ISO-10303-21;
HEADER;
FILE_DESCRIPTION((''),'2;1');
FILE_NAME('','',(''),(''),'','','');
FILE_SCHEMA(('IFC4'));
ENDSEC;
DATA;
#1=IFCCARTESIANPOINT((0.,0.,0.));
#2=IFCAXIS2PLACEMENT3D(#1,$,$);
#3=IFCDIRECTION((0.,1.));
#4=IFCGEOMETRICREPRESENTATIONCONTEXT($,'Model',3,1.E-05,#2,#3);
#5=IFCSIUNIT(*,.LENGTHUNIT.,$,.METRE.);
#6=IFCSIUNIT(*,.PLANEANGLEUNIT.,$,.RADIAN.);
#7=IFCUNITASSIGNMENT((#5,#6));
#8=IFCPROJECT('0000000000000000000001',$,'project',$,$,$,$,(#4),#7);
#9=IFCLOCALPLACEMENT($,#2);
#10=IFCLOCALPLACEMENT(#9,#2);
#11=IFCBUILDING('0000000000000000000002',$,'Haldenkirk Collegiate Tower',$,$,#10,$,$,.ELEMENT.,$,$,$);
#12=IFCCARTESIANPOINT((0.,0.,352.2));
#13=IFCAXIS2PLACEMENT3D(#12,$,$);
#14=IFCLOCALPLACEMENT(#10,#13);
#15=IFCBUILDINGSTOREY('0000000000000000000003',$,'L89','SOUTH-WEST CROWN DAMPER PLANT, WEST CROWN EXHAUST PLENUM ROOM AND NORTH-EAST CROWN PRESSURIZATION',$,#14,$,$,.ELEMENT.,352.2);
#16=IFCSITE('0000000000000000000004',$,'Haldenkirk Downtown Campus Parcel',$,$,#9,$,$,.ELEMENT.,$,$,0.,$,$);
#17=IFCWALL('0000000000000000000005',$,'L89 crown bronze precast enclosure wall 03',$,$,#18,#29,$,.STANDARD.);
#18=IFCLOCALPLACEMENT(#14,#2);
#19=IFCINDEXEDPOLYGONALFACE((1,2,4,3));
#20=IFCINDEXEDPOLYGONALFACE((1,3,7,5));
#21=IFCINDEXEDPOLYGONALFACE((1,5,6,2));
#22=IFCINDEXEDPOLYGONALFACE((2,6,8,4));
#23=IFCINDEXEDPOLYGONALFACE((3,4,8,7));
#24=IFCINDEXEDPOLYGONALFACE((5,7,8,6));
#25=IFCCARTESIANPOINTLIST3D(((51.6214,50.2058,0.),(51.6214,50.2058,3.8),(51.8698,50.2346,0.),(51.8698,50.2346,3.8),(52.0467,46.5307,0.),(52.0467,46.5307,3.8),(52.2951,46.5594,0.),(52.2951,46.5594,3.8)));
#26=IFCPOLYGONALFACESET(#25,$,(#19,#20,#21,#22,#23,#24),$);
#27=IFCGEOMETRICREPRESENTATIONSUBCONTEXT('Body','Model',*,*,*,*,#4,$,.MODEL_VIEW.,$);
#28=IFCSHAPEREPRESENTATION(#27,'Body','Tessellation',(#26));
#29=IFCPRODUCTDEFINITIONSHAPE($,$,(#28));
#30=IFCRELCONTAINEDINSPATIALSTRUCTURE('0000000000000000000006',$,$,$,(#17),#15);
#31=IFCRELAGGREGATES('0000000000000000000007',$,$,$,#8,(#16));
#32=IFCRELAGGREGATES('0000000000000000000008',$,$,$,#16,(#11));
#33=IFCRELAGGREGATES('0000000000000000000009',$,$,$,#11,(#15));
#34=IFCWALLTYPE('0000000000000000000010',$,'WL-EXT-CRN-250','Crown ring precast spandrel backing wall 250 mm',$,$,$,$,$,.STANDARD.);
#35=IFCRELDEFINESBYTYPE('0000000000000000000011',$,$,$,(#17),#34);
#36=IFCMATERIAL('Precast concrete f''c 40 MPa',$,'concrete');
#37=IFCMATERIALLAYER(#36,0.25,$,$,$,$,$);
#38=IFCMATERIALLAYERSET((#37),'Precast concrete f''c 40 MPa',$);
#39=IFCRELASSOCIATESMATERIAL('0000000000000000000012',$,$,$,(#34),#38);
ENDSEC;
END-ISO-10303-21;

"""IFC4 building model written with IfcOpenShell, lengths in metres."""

from ifc_helpers import new_model, si_unit, direction, frame, frame_2d, origin, place, context, subcontext, project, spatial, rectangle, extrude, material, layer, layer_set, type_object, element, save


model = new_model("IFC4")

# Units and contexts
model_context = context("Model", 3, precision=1e-05, world=origin(), true_north=direction((0.0, 1.0)))
body_context = subcontext(model_context, "Body", "Model", "MODEL_VIEW")
ifc_project = project(units=[si_unit("LENGTHUNIT", "METRE"), si_unit("PLANEANGLEUNIT", "RADIAN")], contexts=[model_context])

# Site, building, storey
site_placement = place(None, origin())
site = spatial("IfcSite", under=ifc_project, at=site_placement, Name="Haldenkirk Downtown Campus Parcel", CompositionType="ELEMENT", RefElevation=0.0)
building_placement = place(site_placement, origin())
building = spatial("IfcBuilding", under=site, at=building_placement, Name="Haldenkirk Collegiate Tower", CompositionType="ELEMENT")
storey_placement = place(building_placement, frame((0.0, 0.0, 352.2)))
storey = spatial("IfcBuildingStorey", under=building, at=storey_placement, Name="L89", Description="SOUTH-WEST CROWN DAMPER PLANT, WEST CROWN EXHAUST PLENUM ROOM AND NORTH-EAST CROWN PRESSURIZATION", CompositionType="ELEMENT", Elevation=352.2)

# Wall
ifc_material_1 = material(Name="Precast concrete f'c 40 MPa", Category="concrete")
ifc_layer_1 = layer(ifc_material_1, 0.25)
ifc_layer_set_1 = layer_set([ifc_layer_1], Name="Precast concrete f'c 40 MPa")
wall_type = type_object("IfcWallType", Name="WL-EXT-CRN-250", Description="Crown ring precast spandrel backing wall 250 mm", PredefinedType="STANDARD", material=ifc_layer_set_1)
for number, where, z_axis, x_axis, name in (
    (1, (51.7456, 50.2202, 0.0), (0.0, 0.0, 1.0), (0.11495, -0.993371, 0.0), "L89 crown bronze precast enclosure wall 03"),
):
    element("IfcWall", number, at=place(storey_placement, frame(where, z_axis=z_axis, x_axis=x_axis)), inside=storey, type_object=wall_type, Name=name, PredefinedType="STANDARD", context=body_context, shape_type="SweptSolid", body=[
        extrude(rectangle(XDim=3.6997, YDim=0.25, at=frame_2d((1.8499, 0.0))), origin(), (0.0, 0.0, 1.0), 3.8),
    ])

save(model, "model.ifc")
